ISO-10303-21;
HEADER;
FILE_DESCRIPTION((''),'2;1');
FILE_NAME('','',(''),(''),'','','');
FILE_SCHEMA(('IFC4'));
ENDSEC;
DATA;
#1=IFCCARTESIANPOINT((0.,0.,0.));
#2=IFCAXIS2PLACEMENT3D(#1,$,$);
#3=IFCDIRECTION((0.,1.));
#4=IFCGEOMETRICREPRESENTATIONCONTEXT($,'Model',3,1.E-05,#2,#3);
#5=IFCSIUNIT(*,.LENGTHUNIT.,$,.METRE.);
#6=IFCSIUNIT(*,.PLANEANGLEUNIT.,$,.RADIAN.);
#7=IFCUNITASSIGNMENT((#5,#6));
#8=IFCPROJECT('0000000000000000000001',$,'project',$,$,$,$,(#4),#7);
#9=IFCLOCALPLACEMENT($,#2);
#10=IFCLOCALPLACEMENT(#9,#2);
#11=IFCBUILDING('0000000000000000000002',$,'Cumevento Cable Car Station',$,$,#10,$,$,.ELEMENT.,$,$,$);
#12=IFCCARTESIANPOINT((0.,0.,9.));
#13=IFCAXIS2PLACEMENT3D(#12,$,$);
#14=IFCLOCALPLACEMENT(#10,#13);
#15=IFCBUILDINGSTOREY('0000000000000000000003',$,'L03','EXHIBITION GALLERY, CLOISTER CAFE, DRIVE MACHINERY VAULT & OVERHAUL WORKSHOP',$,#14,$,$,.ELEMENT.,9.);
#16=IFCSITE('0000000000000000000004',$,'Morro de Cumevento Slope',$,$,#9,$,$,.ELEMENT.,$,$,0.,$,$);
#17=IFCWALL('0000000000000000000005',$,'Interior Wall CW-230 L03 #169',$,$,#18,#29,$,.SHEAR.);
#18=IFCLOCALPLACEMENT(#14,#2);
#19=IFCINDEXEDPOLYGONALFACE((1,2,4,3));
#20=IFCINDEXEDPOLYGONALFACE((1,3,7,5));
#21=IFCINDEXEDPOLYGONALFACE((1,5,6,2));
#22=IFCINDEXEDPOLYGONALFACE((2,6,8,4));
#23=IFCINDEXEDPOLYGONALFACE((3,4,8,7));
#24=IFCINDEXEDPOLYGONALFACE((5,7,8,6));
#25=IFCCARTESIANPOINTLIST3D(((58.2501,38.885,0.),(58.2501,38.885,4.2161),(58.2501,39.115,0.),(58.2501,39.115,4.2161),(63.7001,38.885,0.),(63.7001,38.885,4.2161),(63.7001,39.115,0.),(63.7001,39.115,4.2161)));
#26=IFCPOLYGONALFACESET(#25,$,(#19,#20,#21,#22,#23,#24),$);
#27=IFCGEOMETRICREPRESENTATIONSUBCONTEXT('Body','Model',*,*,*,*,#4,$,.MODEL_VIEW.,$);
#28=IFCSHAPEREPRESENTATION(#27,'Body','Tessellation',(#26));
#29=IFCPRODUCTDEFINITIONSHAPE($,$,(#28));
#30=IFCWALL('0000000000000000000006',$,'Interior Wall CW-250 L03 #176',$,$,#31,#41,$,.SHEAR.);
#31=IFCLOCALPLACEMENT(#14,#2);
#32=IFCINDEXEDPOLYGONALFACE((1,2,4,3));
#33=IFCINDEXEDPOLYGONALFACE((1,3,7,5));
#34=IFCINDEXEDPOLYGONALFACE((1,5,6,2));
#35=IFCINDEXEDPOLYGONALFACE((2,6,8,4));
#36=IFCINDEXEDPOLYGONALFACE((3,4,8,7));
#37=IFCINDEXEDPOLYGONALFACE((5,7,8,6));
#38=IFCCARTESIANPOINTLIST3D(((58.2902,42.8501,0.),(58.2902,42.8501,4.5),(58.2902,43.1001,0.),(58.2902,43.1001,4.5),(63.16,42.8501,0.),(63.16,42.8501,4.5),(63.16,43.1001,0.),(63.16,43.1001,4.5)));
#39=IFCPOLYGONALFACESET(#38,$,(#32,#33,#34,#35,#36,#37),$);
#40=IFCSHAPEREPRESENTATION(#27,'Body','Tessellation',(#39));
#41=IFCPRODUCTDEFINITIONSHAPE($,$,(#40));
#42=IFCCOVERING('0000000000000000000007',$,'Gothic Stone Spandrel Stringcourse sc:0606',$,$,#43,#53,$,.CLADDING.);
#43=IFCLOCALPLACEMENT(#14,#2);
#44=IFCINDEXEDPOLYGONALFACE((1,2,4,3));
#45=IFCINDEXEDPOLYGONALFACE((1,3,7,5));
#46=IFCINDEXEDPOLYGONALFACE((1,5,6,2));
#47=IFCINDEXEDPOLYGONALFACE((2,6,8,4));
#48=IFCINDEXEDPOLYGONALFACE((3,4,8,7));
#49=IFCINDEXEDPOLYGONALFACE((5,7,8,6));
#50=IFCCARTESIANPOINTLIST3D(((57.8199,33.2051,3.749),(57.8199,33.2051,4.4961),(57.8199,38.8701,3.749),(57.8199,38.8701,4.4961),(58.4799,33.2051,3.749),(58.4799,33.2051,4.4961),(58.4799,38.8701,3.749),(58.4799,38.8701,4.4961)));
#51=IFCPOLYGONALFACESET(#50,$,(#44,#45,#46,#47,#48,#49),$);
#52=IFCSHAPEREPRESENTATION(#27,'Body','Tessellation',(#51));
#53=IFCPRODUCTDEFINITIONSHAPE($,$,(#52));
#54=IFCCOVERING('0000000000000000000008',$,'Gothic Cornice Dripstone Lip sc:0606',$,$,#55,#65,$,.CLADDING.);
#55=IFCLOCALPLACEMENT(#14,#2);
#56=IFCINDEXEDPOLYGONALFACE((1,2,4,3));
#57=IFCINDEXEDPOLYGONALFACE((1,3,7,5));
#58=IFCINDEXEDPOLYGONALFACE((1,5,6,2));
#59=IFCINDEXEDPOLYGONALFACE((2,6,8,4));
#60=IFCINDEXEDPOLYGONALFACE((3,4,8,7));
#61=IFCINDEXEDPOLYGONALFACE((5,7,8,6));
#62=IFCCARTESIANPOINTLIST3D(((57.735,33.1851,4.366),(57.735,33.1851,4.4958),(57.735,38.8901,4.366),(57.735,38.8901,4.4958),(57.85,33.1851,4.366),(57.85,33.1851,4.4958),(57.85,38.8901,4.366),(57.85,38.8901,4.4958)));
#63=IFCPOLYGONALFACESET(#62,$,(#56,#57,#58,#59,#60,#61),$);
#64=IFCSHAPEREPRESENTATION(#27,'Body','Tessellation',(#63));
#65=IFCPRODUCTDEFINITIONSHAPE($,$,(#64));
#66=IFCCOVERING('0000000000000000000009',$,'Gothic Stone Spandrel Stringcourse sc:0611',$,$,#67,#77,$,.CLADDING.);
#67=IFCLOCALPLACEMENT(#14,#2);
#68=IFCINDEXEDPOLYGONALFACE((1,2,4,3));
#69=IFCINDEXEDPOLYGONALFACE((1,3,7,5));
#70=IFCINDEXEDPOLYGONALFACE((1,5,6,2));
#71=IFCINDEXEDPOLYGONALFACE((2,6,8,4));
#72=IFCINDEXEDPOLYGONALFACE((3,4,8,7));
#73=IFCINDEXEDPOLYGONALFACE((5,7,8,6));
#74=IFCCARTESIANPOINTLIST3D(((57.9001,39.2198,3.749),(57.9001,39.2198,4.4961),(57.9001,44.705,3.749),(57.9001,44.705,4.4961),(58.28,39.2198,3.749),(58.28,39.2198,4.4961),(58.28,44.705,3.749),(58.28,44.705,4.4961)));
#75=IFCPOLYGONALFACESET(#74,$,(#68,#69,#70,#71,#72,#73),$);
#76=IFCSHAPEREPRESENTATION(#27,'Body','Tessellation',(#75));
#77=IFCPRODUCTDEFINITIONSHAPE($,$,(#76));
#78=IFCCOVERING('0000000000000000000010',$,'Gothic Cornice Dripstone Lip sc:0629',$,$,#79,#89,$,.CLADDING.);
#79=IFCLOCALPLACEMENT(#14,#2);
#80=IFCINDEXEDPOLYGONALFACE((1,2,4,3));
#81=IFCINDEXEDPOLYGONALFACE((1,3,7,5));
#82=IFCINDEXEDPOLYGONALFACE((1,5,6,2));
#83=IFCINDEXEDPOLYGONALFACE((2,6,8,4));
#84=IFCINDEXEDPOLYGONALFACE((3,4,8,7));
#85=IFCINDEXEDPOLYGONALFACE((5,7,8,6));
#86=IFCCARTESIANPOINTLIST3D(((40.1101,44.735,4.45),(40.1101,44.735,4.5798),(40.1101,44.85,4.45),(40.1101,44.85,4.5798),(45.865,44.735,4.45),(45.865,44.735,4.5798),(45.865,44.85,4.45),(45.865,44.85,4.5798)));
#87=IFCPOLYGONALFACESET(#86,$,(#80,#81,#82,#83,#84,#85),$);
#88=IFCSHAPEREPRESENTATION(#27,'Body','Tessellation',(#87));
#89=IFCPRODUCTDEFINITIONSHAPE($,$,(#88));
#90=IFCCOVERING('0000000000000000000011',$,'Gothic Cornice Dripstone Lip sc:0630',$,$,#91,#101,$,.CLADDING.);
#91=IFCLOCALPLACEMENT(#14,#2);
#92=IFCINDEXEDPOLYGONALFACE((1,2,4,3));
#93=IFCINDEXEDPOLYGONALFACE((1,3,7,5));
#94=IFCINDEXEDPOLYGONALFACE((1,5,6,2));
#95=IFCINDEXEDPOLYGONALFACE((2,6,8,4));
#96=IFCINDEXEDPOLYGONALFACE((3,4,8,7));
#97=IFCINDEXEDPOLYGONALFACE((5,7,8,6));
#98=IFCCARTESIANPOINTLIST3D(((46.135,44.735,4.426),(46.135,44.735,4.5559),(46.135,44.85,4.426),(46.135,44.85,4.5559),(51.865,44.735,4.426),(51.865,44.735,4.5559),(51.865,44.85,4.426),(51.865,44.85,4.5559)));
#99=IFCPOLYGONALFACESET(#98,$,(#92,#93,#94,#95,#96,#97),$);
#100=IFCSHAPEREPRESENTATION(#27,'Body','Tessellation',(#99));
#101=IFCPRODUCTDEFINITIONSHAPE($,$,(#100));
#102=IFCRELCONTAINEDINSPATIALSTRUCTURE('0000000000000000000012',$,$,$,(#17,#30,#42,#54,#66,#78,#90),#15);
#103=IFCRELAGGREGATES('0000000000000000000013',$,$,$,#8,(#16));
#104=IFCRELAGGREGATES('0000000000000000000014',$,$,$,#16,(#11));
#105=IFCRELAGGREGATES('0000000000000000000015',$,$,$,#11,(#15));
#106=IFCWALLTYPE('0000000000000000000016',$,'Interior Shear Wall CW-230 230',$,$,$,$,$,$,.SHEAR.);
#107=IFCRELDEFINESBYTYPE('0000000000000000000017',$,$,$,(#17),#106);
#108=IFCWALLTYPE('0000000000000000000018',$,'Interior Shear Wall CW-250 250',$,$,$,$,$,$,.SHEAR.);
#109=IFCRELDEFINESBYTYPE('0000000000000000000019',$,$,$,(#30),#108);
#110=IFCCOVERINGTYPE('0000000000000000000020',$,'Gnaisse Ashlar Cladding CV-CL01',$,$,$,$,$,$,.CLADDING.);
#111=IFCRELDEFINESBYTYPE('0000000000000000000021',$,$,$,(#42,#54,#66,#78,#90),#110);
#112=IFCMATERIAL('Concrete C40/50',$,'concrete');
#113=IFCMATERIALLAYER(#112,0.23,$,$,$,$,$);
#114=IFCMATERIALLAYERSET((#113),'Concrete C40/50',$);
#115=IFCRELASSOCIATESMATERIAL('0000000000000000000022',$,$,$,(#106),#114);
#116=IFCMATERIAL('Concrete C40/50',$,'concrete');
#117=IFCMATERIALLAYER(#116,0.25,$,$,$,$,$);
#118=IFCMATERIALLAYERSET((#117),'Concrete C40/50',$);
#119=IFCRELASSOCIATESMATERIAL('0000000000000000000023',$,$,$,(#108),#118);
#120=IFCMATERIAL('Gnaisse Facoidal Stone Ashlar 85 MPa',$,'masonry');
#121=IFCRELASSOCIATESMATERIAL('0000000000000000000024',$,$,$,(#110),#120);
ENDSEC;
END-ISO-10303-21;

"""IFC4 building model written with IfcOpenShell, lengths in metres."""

from ifc_helpers import new_model, si_unit, direction, frame, frame_2d, origin, origin_2d, place, context, subcontext, project, spatial, rectangle, extrude, material, layer, layer_set, type_object, element, save


model = new_model("IFC4")

# Units and contexts
model_context = context("Model", 3, precision=1e-05, world=origin(), true_north=direction((0.0, 1.0)))
body_context = subcontext(model_context, "Body", "Model", "MODEL_VIEW")
ifc_project = project(units=[si_unit("LENGTHUNIT", "METRE"), si_unit("PLANEANGLEUNIT", "RADIAN")], contexts=[model_context])

# Site, building, storey
site_placement = place(None, origin())
site = spatial("IfcSite", under=ifc_project, at=site_placement, Name="Morro de Cumevento Slope", CompositionType="ELEMENT", RefElevation=0.0)
building_placement = place(site_placement, origin())
building = spatial("IfcBuilding", under=site, at=building_placement, Name="Cumevento Cable Car Station", CompositionType="ELEMENT")
storey_placement = place(building_placement, frame((0.0, 0.0, 9.0)))
storey = spatial("IfcBuildingStorey", under=building, at=storey_placement, Name="L03", Description="EXHIBITION GALLERY, CLOISTER CAFE, DRIVE MACHINERY VAULT & OVERHAUL WORKSHOP", CompositionType="ELEMENT", Elevation=9.0)

# Walls
ifc_material_1 = material(Name="Concrete C40/50", Category="concrete")
ifc_layer_1 = layer(ifc_material_1, 0.23)
ifc_layer_set_1 = layer_set([ifc_layer_1], Name="Concrete C40/50")
wall_type_1 = type_object("IfcWallType", Name="Interior Shear Wall CW-230 230", PredefinedType="SHEAR", material=ifc_layer_set_1)
wall_1_placement = place(storey_placement, frame((58.25, 39.0, 0.0), z_axis=(0.0, 0.0, 1.0), x_axis=(1.0, 0.0, 0.0)))
element("IfcWall", 1, at=wall_1_placement, inside=storey, type_object=wall_type_1, Name="Interior Wall CW-230 L03 #169", PredefinedType="SHEAR", context=body_context, shape_type="SweptSolid", body=[
    extrude(rectangle(XDim=5.45, YDim=0.23, at=frame_2d((2.7251, 0.0))), origin(), (0.0, 0.0, 1.0), 4.2161),
])
ifc_material_2 = material(Name="Concrete C40/50", Category="concrete")
ifc_layer_2 = layer(ifc_material_2, 0.25)
ifc_layer_set_2 = layer_set([ifc_layer_2], Name="Concrete C40/50")
wall_type_2 = type_object("IfcWallType", Name="Interior Shear Wall CW-250 250", PredefinedType="SHEAR", material=ifc_layer_set_2)
wall_2_placement = place(storey_placement, frame((58.29, 42.9751, 0.0), z_axis=(0.0, 0.0, 1.0), x_axis=(1.0, 0.0, 0.0)))
element("IfcWall", 2, at=wall_2_placement, inside=storey, type_object=wall_type_2, Name="Interior Wall CW-250 L03 #176", PredefinedType="SHEAR", context=body_context, shape_type="SweptSolid", body=[
    extrude(rectangle(XDim=4.8699, YDim=0.25, at=frame_2d((2.4351, 0.0))), origin(), (0.0, 0.0, 1.0), 4.5),
])

# Coverings
ifc_material_3 = material(Name="Gnaisse Facoidal Stone Ashlar 85 MPa", Category="masonry")
covering_type = type_object("IfcCoveringType", Name="Gnaisse Ashlar Cladding CV-CL01", PredefinedType="CLADDING", material=ifc_material_3)
covering_1_placement = place(storey_placement, frame((58.1499, 36.0376, 3.749), z_axis=(0.0, 0.0, 1.0), x_axis=(0.0, 1.0, 0.0)))
element("IfcCovering", 3, at=covering_1_placement, inside=storey, type_object=covering_type, Name="Gothic Stone Spandrel Stringcourse sc:0606", PredefinedType="CLADDING", context=body_context, shape_type="SweptSolid", body=[
    extrude(rectangle(XDim=5.665, YDim=0.6599, at=origin_2d()), origin(), (0.0, 0.0, 1.0), 0.7471),
])
covering_2_placement = place(storey_placement, frame((57.7925, 36.0376, 4.366), z_axis=(0.0, 0.0, 1.0), x_axis=(0.0, 1.0, 0.0)))
element("IfcCovering", 4, at=covering_2_placement, inside=storey, type_object=covering_type, Name="Gothic Cornice Dripstone Lip sc:0606", PredefinedType="CLADDING", context=body_context, shape_type="SweptSolid", body=[
    extrude(rectangle(XDim=5.7051, YDim=0.115, at=origin_2d()), origin(), (0.0, 0.0, 1.0), 0.1299),
])
covering_3_placement = place(storey_placement, frame((58.0901, 41.9624, 3.749), z_axis=(0.0, 0.0, 1.0), x_axis=(0.0, 1.0, 0.0)))
element("IfcCovering", 5, at=covering_3_placement, inside=storey, type_object=covering_type, Name="Gothic Stone Spandrel Stringcourse sc:0611", PredefinedType="CLADDING", context=body_context, shape_type="SweptSolid", body=[
    extrude(rectangle(XDim=5.4851, YDim=0.3799, at=origin_2d()), origin(), (0.0, 0.0, 1.0), 0.7471),
])
covering_4_placement = place(storey_placement, frame((42.9875, 44.7925, 4.45), z_axis=(0.0, 0.0, 1.0), x_axis=(-1.0, 0.0, 0.0)))
element("IfcCovering", 6, at=covering_4_placement, inside=storey, type_object=covering_type, Name="Gothic Cornice Dripstone Lip sc:0629", PredefinedType="CLADDING", context=body_context, shape_type="SweptSolid", body=[
    extrude(rectangle(XDim=5.7549, YDim=0.115, at=origin_2d()), origin(), (0.0, 0.0, 1.0), 0.1299),
])
covering_5_placement = place(storey_placement, frame((49.0, 44.7925, 4.426), z_axis=(0.0, 0.0, 1.0), x_axis=(-1.0, 0.0, 0.0)))
element("IfcCovering", 7, at=covering_5_placement, inside=storey, type_object=covering_type, Name="Gothic Cornice Dripstone Lip sc:0630", PredefinedType="CLADDING", context=body_context, shape_type="SweptSolid", body=[
    extrude(rectangle(XDim=5.73, YDim=0.115, at=origin_2d()), origin(), (0.0, 0.0, 1.0), 0.1299),
])

save(model, "model.ifc")
